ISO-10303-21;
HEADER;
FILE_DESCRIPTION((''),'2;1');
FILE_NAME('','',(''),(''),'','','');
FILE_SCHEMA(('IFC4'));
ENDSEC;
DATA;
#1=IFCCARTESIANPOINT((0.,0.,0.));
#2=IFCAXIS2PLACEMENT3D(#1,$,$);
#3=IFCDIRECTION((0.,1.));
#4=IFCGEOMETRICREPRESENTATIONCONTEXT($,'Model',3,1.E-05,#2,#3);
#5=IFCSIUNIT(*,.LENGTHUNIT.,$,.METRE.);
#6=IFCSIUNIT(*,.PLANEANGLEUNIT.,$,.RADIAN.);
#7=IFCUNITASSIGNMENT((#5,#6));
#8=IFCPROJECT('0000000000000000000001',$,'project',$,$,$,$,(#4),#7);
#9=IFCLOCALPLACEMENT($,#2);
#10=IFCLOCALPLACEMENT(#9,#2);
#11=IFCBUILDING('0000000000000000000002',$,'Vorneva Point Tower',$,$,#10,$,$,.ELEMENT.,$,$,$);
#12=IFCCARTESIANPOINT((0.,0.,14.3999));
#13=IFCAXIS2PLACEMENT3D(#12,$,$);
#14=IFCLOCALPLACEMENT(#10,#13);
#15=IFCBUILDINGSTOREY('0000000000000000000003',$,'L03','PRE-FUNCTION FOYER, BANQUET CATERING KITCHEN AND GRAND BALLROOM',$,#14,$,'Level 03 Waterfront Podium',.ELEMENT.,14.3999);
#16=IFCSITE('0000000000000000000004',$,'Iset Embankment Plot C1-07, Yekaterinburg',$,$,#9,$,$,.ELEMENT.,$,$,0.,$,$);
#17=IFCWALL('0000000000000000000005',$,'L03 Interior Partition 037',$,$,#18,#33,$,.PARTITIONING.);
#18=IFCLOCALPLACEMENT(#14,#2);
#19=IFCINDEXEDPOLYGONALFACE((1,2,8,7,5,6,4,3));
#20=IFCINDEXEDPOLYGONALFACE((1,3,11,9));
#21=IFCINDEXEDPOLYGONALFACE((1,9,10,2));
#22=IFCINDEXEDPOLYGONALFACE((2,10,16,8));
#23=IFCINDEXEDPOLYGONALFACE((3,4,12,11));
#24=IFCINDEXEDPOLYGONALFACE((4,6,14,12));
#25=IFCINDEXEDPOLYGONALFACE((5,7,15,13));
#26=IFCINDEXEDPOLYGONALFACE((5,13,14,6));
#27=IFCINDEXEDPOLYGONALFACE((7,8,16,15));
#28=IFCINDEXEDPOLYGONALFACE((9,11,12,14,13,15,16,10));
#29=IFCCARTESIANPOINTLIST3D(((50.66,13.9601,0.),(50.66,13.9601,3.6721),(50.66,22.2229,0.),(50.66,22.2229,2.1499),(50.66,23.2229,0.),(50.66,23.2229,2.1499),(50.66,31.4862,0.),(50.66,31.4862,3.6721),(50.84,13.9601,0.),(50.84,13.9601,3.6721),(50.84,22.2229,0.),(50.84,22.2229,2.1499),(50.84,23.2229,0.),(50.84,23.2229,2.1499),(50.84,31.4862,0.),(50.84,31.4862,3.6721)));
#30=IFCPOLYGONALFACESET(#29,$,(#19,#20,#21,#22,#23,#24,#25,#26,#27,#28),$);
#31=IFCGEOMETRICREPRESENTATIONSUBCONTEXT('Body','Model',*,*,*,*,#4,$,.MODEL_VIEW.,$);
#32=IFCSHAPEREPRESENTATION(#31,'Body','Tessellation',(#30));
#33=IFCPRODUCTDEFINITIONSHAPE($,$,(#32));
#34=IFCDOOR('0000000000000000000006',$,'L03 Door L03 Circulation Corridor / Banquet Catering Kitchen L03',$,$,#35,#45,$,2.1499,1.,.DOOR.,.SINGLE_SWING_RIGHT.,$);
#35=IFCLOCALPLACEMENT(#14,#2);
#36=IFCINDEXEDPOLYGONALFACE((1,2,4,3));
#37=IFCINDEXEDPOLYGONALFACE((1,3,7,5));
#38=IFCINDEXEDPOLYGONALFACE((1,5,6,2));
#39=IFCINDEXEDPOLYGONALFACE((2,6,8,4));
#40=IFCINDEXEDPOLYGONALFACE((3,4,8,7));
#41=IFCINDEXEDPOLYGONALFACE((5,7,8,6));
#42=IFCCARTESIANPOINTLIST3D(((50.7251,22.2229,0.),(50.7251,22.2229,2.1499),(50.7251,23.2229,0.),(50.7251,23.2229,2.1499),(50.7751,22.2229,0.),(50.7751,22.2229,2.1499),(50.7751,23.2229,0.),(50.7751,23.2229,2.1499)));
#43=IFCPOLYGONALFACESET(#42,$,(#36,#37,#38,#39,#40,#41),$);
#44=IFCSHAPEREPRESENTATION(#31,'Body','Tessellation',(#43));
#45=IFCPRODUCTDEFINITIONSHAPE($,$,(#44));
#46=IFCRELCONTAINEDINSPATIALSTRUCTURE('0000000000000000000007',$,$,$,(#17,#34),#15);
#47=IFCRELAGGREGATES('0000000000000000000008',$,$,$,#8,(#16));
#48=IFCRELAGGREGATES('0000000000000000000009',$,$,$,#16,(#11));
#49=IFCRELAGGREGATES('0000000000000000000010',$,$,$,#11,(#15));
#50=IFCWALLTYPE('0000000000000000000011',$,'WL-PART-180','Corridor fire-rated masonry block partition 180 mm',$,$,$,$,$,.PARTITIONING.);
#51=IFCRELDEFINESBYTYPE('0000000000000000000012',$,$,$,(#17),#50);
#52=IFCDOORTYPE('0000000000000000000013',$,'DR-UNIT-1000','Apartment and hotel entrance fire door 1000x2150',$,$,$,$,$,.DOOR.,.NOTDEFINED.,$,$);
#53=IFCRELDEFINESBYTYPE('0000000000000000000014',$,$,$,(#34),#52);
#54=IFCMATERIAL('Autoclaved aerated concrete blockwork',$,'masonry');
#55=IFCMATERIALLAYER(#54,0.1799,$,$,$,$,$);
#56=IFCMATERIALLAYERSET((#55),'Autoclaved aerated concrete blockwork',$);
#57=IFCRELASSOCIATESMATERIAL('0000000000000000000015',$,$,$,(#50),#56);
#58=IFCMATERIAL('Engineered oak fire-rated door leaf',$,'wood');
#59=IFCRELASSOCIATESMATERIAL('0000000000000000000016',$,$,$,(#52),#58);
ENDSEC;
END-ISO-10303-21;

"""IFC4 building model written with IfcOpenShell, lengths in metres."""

from ifc_helpers import new_model, si_unit, direction, frame, frame_2d, origin, place, context, subcontext, project, spatial, rectangle, extrude, material, layer, layer_set, type_object, element, fill, save


model = new_model("IFC4")

# Units and contexts
model_context = context("Model", 3, precision=1e-05, world=origin(), true_north=direction((0.0, 1.0)))
body_context = subcontext(model_context, "Body", "Model", "MODEL_VIEW")
ifc_project = project(units=[si_unit("LENGTHUNIT", "METRE"), si_unit("PLANEANGLEUNIT", "RADIAN")], contexts=[model_context])

# Site, building, storey
site_placement = place(None, origin())
site = spatial("IfcSite", under=ifc_project, at=site_placement, Name="Iset Embankment Plot C1-07, Yekaterinburg", CompositionType="ELEMENT", RefElevation=0.0)
building_placement = place(site_placement, origin())
building = spatial("IfcBuilding", under=site, at=building_placement, Name="Vorneva Point Tower", CompositionType="ELEMENT")
storey_placement = place(building_placement, frame((0.0, 0.0, 14.3999)))
storey = spatial("IfcBuildingStorey", under=building, at=storey_placement, Name="L03", Description="PRE-FUNCTION FOYER, BANQUET CATERING KITCHEN AND GRAND BALLROOM", LongName="Level 03 Waterfront Podium", CompositionType="ELEMENT", Elevation=14.3999)

# Wall, opening, door
ifc_material_1 = material(Name="Autoclaved aerated concrete blockwork", Category="masonry")
ifc_layer_1 = layer(ifc_material_1, 0.1799)
ifc_layer_set_1 = layer_set([ifc_layer_1], Name="Autoclaved aerated concrete blockwork")
wall_type_1 = type_object("IfcWallType", Name="WL-PART-180", Description="Corridor fire-rated masonry block partition 180 mm", PredefinedType="PARTITIONING", material=ifc_layer_set_1)
wall_1_placement = place(storey_placement, frame((50.75, 13.96, 0.0), z_axis=(0.0, 0.0, 1.0), x_axis=(0.0, 1.0, 0.0)))
wall_1 = element("IfcWall", 1, at=wall_1_placement, inside=storey, type_object=wall_type_1, Name="L03 Interior Partition 037", PredefinedType="PARTITIONING", context=body_context, shape_type="SweptSolid", body=[
    extrude(rectangle(XDim=17.5261, YDim=0.1799, at=frame_2d((8.7632, 0.0))), origin(), (0.0, 0.0, 1.0), 3.6721),
])
opening_1_placement = place(wall_1_placement, frame((8.2629, 0.0, 0.0)))
opening_1 = element("IfcOpeningElement", 2, at=opening_1_placement, cuts=wall_1, PredefinedType="OPENING", context=body_context, shape_type="SweptSolid", body=[
    extrude(rectangle(XDim=1.0, YDim=2.1499, at=frame_2d((0.5, 1.075))), frame((0.0, 0.105, 0.0), z_axis=(0.0, -1.0, 0.0), x_axis=(1.0, 0.0, 0.0)), (0.0, 0.0, 1.0), 0.2097),
])
ifc_material_2 = material(Name="Engineered oak fire-rated door leaf", Category="wood")
door_type = type_object("IfcDoorType", Name="DR-UNIT-1000", Description="Apartment and hotel entrance fire door 1000x2150", OperationType="NOTDEFINED", PredefinedType="DOOR", material=ifc_material_2)
door_placement = place(opening_1_placement, origin())
door = element("IfcDoor", 3, at=door_placement, inside=storey, type_object=door_type, Name="L03 Door L03 Circulation Corridor / Banquet Catering Kitchen L03", OperationType="SINGLE_SWING_RIGHT", OverallHeight=2.1499, OverallWidth=1.0, PredefinedType="DOOR", context=body_context, shape_type="SweptSolid", body=[
    extrude(rectangle(XDim=1.0, YDim=2.1499, at=frame_2d((0.5, 1.075))), frame((0.0, 0.0249, 0.0), z_axis=(0.0, -1.0, 0.0), x_axis=(1.0, 0.0, 0.0)), (0.0, 0.0, 1.0), 0.05),
])
fill(opening_1, door)

save(model, "model.ifc")
